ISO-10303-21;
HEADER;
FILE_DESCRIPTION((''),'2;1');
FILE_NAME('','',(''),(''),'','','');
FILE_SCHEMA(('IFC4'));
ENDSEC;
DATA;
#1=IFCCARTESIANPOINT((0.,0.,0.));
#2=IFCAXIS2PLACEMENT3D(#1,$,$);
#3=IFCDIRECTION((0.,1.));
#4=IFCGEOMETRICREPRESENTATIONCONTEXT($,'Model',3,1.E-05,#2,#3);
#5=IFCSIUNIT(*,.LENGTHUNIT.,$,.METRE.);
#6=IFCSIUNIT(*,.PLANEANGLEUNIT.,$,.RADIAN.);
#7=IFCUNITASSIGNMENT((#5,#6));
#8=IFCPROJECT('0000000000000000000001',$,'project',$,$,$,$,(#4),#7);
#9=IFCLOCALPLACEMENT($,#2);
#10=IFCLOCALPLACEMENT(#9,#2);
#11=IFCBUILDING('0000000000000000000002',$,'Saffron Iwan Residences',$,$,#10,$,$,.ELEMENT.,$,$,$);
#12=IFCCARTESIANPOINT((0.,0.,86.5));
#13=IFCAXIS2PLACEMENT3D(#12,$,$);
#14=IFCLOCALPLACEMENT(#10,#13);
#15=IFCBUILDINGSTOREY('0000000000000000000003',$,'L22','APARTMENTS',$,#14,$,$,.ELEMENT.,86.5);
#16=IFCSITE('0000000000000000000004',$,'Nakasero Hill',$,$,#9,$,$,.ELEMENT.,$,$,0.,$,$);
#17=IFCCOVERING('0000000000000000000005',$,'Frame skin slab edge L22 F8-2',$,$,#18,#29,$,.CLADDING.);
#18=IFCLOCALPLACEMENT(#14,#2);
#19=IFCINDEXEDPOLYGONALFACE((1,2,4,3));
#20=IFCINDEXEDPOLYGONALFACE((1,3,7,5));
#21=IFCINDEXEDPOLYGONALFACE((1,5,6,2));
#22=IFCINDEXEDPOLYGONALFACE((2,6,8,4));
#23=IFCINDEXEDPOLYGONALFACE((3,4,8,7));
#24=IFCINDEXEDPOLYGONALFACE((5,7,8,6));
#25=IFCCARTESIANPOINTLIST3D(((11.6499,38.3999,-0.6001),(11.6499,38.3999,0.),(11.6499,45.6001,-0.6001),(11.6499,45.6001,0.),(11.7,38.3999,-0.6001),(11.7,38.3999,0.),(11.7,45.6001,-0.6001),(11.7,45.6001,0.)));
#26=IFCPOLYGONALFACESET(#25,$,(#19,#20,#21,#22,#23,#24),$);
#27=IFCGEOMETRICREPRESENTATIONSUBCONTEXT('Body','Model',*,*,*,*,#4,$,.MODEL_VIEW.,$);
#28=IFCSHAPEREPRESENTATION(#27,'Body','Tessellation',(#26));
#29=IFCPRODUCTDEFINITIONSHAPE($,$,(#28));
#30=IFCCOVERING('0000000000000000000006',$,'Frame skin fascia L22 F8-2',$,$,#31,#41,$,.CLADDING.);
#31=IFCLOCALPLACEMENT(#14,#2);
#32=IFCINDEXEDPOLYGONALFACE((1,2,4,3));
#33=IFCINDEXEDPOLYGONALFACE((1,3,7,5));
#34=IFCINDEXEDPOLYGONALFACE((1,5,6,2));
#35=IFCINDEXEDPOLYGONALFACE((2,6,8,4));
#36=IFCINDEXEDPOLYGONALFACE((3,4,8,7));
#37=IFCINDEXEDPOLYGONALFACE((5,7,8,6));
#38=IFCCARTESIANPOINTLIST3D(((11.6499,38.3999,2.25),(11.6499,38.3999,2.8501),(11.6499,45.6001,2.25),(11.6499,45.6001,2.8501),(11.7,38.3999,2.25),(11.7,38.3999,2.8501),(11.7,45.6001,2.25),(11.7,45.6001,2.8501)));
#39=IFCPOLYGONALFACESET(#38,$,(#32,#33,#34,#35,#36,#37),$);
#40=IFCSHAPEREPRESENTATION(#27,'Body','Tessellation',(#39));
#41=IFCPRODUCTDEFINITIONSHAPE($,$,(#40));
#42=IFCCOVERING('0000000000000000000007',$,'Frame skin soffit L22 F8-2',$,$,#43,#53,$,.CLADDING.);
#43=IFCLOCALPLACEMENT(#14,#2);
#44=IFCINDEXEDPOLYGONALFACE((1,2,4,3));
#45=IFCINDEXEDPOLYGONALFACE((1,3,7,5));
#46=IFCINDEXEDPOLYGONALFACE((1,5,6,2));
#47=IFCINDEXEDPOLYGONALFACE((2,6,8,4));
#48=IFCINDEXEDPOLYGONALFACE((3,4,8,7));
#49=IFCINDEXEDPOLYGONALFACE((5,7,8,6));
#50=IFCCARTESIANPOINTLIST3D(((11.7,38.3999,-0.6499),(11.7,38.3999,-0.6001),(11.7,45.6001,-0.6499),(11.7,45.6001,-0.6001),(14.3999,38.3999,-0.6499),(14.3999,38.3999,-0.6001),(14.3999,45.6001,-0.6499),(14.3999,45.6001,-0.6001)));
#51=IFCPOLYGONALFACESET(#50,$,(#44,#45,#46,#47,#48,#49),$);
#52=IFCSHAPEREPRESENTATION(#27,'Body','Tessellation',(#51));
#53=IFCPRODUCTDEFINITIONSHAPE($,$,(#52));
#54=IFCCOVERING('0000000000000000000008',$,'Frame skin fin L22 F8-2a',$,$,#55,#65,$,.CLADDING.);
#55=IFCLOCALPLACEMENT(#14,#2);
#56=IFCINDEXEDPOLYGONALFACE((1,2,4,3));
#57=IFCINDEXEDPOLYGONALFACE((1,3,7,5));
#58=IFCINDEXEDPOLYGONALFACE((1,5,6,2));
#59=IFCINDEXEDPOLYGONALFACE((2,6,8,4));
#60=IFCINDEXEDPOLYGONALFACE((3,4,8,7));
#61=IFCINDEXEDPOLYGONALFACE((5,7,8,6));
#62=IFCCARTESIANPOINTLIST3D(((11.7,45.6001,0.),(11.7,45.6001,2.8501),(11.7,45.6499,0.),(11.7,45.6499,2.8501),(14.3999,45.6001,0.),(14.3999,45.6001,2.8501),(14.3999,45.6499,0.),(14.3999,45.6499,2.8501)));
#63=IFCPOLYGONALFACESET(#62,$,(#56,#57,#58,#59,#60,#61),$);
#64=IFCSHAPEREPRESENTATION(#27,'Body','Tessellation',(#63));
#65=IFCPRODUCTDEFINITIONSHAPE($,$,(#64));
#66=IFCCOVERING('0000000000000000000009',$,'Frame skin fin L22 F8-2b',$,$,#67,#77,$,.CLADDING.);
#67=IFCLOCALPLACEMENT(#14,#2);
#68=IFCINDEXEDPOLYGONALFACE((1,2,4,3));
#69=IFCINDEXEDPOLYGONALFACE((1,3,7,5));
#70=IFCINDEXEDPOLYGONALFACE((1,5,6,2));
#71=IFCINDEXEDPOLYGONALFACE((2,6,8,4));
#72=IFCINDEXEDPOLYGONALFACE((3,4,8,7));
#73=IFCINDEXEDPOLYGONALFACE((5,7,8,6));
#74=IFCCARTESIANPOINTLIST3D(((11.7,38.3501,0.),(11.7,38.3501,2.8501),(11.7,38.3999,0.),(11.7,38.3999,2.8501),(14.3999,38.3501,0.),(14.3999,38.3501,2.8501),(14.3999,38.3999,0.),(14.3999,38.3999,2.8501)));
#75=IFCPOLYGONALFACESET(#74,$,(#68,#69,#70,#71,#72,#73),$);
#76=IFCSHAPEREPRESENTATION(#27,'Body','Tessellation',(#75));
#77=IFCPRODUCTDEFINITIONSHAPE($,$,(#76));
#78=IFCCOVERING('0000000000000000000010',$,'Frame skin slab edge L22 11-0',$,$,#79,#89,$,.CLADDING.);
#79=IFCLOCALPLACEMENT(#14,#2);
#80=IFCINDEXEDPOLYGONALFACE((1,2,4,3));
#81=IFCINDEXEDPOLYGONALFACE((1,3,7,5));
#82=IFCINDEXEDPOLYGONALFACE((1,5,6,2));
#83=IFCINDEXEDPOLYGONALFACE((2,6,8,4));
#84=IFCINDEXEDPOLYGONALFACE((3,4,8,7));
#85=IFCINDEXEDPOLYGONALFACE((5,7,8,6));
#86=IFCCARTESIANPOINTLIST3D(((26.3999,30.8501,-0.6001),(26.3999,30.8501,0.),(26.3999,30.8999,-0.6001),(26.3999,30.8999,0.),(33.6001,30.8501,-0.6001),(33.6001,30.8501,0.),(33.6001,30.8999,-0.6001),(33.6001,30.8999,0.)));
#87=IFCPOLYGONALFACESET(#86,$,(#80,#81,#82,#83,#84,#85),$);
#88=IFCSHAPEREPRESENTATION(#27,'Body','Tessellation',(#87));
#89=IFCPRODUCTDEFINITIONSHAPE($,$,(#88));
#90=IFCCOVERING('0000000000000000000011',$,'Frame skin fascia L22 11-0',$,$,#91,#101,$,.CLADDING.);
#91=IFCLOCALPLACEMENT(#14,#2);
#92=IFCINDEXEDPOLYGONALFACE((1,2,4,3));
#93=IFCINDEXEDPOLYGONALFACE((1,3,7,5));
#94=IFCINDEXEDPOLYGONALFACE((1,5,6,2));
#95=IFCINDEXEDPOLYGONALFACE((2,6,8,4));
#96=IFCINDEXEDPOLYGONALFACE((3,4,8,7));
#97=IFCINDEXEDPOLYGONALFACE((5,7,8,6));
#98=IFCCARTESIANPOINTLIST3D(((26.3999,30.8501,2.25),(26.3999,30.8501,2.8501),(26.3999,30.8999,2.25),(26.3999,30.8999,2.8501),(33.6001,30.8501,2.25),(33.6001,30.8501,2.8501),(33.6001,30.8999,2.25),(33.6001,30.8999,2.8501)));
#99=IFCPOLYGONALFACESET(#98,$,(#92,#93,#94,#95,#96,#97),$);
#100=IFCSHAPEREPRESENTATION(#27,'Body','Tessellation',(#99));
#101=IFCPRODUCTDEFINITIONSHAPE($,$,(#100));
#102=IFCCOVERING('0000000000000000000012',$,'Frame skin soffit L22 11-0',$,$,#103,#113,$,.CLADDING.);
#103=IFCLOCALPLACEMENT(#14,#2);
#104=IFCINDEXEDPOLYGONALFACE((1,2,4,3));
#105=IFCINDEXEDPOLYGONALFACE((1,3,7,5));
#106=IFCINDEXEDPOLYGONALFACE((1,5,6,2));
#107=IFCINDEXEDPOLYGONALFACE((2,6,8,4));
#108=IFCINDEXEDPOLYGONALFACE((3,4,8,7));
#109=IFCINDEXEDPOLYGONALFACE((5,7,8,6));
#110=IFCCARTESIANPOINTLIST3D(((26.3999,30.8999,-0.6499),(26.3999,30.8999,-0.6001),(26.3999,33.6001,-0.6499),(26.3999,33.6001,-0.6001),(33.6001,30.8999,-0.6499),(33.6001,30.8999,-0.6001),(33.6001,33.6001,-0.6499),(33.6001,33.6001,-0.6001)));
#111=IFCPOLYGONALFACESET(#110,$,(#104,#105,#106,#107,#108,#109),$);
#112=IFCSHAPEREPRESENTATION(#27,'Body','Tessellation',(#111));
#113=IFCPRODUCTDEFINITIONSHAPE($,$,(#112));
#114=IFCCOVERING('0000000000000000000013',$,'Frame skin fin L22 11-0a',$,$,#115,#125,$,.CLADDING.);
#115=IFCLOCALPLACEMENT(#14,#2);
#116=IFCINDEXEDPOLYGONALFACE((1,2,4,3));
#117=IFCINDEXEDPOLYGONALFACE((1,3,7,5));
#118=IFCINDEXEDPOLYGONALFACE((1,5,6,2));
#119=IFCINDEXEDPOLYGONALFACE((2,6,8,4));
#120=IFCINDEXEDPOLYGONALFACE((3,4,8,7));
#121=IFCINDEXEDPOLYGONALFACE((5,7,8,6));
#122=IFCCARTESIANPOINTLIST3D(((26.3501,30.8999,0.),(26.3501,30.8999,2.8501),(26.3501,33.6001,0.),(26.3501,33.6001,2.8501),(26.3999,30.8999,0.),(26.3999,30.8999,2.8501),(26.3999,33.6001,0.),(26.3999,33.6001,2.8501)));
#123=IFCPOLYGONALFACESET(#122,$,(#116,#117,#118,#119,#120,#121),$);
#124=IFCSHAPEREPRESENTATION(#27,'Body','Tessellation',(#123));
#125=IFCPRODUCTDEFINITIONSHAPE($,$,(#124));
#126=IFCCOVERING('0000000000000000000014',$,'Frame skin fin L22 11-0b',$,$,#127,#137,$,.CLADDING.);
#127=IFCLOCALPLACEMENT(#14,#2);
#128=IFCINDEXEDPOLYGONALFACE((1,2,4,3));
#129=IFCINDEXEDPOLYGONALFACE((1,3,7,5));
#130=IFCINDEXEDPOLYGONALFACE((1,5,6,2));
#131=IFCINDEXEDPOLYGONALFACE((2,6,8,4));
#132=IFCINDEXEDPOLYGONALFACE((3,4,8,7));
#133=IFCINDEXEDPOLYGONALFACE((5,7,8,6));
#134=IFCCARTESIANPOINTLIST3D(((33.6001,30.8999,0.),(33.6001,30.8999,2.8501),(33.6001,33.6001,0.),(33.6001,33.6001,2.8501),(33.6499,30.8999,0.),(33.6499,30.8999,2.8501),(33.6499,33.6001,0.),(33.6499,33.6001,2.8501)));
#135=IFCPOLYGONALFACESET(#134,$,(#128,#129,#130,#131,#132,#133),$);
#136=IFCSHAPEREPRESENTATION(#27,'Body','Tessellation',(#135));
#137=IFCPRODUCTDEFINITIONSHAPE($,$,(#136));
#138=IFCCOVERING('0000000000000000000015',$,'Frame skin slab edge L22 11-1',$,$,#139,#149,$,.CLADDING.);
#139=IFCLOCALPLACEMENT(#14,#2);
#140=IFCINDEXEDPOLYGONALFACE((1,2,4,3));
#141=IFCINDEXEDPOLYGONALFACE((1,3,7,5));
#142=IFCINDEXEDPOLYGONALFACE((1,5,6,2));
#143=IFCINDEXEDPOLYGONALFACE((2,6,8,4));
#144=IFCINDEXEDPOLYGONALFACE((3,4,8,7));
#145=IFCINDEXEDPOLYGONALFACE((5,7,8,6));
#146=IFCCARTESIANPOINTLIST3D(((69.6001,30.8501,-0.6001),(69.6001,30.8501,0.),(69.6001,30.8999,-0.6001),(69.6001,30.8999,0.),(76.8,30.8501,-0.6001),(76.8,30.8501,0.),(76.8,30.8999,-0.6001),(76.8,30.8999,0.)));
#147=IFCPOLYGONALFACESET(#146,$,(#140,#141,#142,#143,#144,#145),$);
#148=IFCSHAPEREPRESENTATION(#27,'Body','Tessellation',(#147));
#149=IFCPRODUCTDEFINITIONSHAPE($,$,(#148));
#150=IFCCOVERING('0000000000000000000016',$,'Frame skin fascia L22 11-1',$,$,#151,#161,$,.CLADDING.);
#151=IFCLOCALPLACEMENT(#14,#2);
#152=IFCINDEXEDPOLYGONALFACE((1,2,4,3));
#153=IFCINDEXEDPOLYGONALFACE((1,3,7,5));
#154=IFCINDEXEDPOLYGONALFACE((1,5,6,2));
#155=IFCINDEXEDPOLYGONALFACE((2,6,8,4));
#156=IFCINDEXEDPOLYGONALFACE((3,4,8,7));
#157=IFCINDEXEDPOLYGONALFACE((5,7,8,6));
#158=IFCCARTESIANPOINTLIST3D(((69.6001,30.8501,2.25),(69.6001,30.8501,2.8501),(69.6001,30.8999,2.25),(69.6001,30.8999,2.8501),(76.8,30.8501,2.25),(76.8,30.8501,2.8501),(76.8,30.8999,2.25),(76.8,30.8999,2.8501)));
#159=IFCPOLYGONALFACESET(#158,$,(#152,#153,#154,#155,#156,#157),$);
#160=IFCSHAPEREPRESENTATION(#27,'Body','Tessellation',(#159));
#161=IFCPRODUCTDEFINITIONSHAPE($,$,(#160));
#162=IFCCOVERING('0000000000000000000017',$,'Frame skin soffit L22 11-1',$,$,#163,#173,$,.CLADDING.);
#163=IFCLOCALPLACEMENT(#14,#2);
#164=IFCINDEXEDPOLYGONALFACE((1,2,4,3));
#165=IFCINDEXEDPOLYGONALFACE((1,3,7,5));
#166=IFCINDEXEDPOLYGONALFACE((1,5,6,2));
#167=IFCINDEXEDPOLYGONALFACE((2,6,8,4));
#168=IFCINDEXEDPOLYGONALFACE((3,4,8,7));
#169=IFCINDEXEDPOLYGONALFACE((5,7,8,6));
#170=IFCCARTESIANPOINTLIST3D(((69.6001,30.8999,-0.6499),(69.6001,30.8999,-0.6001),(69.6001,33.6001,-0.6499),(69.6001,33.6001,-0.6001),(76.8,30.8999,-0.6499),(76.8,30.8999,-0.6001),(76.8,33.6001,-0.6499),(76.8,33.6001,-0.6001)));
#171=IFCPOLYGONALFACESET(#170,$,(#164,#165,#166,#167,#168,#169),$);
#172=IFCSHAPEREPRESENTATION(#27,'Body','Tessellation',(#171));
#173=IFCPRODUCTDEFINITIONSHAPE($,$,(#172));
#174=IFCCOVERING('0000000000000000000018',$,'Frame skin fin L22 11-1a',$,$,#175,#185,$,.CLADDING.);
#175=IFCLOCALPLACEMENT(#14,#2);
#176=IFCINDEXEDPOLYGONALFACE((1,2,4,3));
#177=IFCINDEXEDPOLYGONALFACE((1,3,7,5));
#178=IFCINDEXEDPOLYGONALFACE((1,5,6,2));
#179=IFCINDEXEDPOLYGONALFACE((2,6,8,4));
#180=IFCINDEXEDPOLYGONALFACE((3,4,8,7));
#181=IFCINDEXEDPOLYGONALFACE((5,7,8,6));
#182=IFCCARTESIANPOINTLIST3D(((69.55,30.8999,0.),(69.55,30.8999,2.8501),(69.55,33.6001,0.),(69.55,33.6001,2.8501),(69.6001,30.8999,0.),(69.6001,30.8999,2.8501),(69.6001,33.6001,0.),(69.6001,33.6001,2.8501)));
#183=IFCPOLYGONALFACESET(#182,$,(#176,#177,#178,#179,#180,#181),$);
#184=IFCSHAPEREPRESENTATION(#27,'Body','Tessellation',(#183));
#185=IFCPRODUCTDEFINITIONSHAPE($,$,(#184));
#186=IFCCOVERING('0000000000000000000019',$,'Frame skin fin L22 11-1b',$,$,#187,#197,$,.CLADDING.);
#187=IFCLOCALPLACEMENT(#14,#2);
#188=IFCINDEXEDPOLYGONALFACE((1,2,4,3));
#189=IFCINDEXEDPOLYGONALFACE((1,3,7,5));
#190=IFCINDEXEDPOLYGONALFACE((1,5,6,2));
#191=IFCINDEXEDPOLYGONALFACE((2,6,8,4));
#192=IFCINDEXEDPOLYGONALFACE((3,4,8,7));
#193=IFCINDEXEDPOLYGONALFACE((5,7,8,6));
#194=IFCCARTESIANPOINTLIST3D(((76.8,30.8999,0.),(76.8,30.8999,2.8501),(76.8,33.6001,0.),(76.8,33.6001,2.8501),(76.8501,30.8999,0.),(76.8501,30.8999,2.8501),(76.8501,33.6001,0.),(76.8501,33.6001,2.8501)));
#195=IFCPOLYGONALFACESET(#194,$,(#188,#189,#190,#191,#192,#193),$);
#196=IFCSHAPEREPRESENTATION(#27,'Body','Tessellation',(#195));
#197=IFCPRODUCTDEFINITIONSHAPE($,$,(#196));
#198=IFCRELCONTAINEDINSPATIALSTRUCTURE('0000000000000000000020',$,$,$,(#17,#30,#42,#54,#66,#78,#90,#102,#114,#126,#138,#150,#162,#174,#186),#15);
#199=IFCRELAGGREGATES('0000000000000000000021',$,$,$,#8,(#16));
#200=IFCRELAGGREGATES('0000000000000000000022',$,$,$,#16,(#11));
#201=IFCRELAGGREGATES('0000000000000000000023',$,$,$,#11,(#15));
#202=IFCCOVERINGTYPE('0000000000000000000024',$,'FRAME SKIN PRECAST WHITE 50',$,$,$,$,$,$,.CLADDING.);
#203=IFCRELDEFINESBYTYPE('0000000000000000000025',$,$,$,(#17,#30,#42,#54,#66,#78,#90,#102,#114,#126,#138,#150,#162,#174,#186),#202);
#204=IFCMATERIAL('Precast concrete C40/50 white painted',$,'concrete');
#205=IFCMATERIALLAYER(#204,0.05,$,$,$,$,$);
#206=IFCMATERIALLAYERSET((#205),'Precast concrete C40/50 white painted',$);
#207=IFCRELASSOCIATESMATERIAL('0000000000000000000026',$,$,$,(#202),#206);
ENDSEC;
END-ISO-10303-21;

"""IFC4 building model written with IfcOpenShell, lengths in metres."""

from ifc_helpers import new_model, si_unit, direction, frame, origin, place, context, subcontext, project, spatial, polyline, outline, extrude, material, layer, layer_set, type_object, element, save


model = new_model("IFC4")

# Units and contexts
model_context = context("Model", 3, precision=1e-05, world=origin(), true_north=direction((0.0, 1.0)))
body_context = subcontext(model_context, "Body", "Model", "MODEL_VIEW")
ifc_project = project(units=[si_unit("LENGTHUNIT", "METRE"), si_unit("PLANEANGLEUNIT", "RADIAN")], contexts=[model_context])

# Site, building, storey
site_placement = place(None, origin())
site = spatial("IfcSite", under=ifc_project, at=site_placement, Name="Nakasero Hill", CompositionType="ELEMENT", RefElevation=0.0)
building_placement = place(site_placement, origin())
building = spatial("IfcBuilding", under=site, at=building_placement, Name="Saffron Iwan Residences", CompositionType="ELEMENT")
storey_placement = place(building_placement, frame((0.0, 0.0, 86.5)))
storey = spatial("IfcBuildingStorey", under=building, at=storey_placement, Name="L22", Description="APARTMENTS", CompositionType="ELEMENT", Elevation=86.5)

# Coverings
ifc_material_1 = material(Name="Precast concrete C40/50 white painted", Category="concrete")
ifc_layer_1 = layer(ifc_material_1, 0.05)
ifc_layer_set_1 = layer_set([ifc_layer_1], Name="Precast concrete C40/50 white painted")
covering_type = type_object("IfcCoveringType", Name="FRAME SKIN PRECAST WHITE 50", PredefinedType="CLADDING", material=ifc_layer_set_1)
for number, where, name in (
    (1, (0.0, 0.0, -0.6001), "Frame skin slab edge L22 F8-2"),
    (2, (0.0, 0.0, 2.25), "Frame skin fascia L22 F8-2"),
):
    element("IfcCovering", number, at=place(storey_placement, frame(where)), inside=storey, type_object=covering_type, Name=name, PredefinedType="CLADDING", context=body_context, shape_type="SweptSolid", body=[
        extrude(outline(polyline([(11.6499, 45.6001), (11.6499, 38.3999), (11.7, 38.3999), (11.7, 45.6001), (11.6499, 45.6001)])), origin(), (0.0, 0.0, 1.0), 0.6001),
    ])
covering_1_placement = place(storey_placement, frame((0.0, 0.0, -0.6499)))
element("IfcCovering", 3, at=covering_1_placement, inside=storey, type_object=covering_type, Name="Frame skin soffit L22 F8-2", PredefinedType="CLADDING", context=body_context, shape_type="SweptSolid", body=[
    extrude(outline(polyline([(11.7, 45.6001), (11.7, 38.3999), (14.3999, 38.3999), (14.3999, 45.6001), (11.7, 45.6001)])), origin(), (0.0, 0.0, 1.0), 0.0498),
])
covering_2_placement = place(storey_placement, origin())
element("IfcCovering", 4, at=covering_2_placement, inside=storey, type_object=covering_type, Name="Frame skin fin L22 F8-2a", PredefinedType="CLADDING", context=body_context, shape_type="SweptSolid", body=[
    extrude(outline(polyline([(11.7, 45.6499), (11.7, 45.6001), (14.3999, 45.6001), (14.3999, 45.6499), (11.7, 45.6499)])), origin(), (0.0, 0.0, 1.0), 2.8501),
])
covering_3_placement = place(storey_placement, origin())
element("IfcCovering", 5, at=covering_3_placement, inside=storey, type_object=covering_type, Name="Frame skin fin L22 F8-2b", PredefinedType="CLADDING", context=body_context, shape_type="SweptSolid", body=[
    extrude(outline(polyline([(11.7, 38.3999), (11.7, 38.3501), (14.3999, 38.3501), (14.3999, 38.3999), (11.7, 38.3999)])), origin(), (0.0, 0.0, 1.0), 2.8501),
])
for number, where, name in (
    (6, (0.0, 0.0, -0.6001), "Frame skin slab edge L22 11-0"),
    (7, (0.0, 0.0, 2.25), "Frame skin fascia L22 11-0"),
):
    element("IfcCovering", number, at=place(storey_placement, frame(where)), inside=storey, type_object=covering_type, Name=name, PredefinedType="CLADDING", context=body_context, shape_type="SweptSolid", body=[
        extrude(outline(polyline([(26.3999, 30.8501), (33.6001, 30.8501), (33.6001, 30.8999), (26.3999, 30.8999), (26.3999, 30.8501)])), origin(), (0.0, 0.0, 1.0), 0.6001),
    ])
covering_4_placement = place(storey_placement, frame((0.0, 0.0, -0.6499)))
element("IfcCovering", 8, at=covering_4_placement, inside=storey, type_object=covering_type, Name="Frame skin soffit L22 11-0", PredefinedType="CLADDING", context=body_context, shape_type="SweptSolid", body=[
    extrude(outline(polyline([(26.3999, 30.8999), (33.6001, 30.8999), (33.6001, 33.6001), (26.3999, 33.6001), (26.3999, 30.8999)])), origin(), (0.0, 0.0, 1.0), 0.0498),
])
covering_5_placement = place(storey_placement, origin())
element("IfcCovering", 9, at=covering_5_placement, inside=storey, type_object=covering_type, Name="Frame skin fin L22 11-0a", PredefinedType="CLADDING", context=body_context, shape_type="SweptSolid", body=[
    extrude(outline(polyline([(26.3501, 30.8999), (26.3999, 30.8999), (26.3999, 33.6001), (26.3501, 33.6001), (26.3501, 30.8999)])), origin(), (0.0, 0.0, 1.0), 2.8501),
])
covering_6_placement = place(storey_placement, origin())
element("IfcCovering", 10, at=covering_6_placement, inside=storey, type_object=covering_type, Name="Frame skin fin L22 11-0b", PredefinedType="CLADDING", context=body_context, shape_type="SweptSolid", body=[
    extrude(outline(polyline([(33.6001, 30.8999), (33.6499, 30.8999), (33.6499, 33.6001), (33.6001, 33.6001), (33.6001, 30.8999)])), origin(), (0.0, 0.0, 1.0), 2.8501),
])
for number, where, name in (
    (11, (0.0, 0.0, -0.6001), "Frame skin slab edge L22 11-1"),
    (12, (0.0, 0.0, 2.25), "Frame skin fascia L22 11-1"),
):
    element("IfcCovering", number, at=place(storey_placement, frame(where)), inside=storey, type_object=covering_type, Name=name, PredefinedType="CLADDING", context=body_context, shape_type="SweptSolid", body=[
        extrude(outline(polyline([(69.6001, 30.8501), (76.8, 30.8501), (76.8, 30.8999), (69.6001, 30.8999), (69.6001, 30.8501)])), origin(), (0.0, 0.0, 1.0), 0.6001),
    ])
covering_7_placement = place(storey_placement, frame((0.0, 0.0, -0.6499)))
element("IfcCovering", 13, at=covering_7_placement, inside=storey, type_object=covering_type, Name="Frame skin soffit L22 11-1", PredefinedType="CLADDING", context=body_context, shape_type="SweptSolid", body=[
    extrude(outline(polyline([(69.6001, 30.8999), (76.8, 30.8999), (76.8, 33.6001), (69.6001, 33.6001), (69.6001, 30.8999)])), origin(), (0.0, 0.0, 1.0), 0.0498),
])
covering_8_placement = place(storey_placement, origin())
element("IfcCovering", 14, at=covering_8_placement, inside=storey, type_object=covering_type, Name="Frame skin fin L22 11-1a", PredefinedType="CLADDING", context=body_context, shape_type="SweptSolid", body=[
    extrude(outline(polyline([(69.55, 30.8999), (69.6001, 30.8999), (69.6001, 33.6001), (69.55, 33.6001), (69.55, 30.8999)])), origin(), (0.0, 0.0, 1.0), 2.8501),
])
covering_9_placement = place(storey_placement, origin())
element("IfcCovering", 15, at=covering_9_placement, inside=storey, type_object=covering_type, Name="Frame skin fin L22 11-1b", PredefinedType="CLADDING", context=body_context, shape_type="SweptSolid", body=[
    extrude(outline(polyline([(76.8, 30.8999), (76.8501, 30.8999), (76.8501, 33.6001), (76.8, 33.6001), (76.8, 30.8999)])), origin(), (0.0, 0.0, 1.0), 2.8501),
])

save(model, "model.ifc")
